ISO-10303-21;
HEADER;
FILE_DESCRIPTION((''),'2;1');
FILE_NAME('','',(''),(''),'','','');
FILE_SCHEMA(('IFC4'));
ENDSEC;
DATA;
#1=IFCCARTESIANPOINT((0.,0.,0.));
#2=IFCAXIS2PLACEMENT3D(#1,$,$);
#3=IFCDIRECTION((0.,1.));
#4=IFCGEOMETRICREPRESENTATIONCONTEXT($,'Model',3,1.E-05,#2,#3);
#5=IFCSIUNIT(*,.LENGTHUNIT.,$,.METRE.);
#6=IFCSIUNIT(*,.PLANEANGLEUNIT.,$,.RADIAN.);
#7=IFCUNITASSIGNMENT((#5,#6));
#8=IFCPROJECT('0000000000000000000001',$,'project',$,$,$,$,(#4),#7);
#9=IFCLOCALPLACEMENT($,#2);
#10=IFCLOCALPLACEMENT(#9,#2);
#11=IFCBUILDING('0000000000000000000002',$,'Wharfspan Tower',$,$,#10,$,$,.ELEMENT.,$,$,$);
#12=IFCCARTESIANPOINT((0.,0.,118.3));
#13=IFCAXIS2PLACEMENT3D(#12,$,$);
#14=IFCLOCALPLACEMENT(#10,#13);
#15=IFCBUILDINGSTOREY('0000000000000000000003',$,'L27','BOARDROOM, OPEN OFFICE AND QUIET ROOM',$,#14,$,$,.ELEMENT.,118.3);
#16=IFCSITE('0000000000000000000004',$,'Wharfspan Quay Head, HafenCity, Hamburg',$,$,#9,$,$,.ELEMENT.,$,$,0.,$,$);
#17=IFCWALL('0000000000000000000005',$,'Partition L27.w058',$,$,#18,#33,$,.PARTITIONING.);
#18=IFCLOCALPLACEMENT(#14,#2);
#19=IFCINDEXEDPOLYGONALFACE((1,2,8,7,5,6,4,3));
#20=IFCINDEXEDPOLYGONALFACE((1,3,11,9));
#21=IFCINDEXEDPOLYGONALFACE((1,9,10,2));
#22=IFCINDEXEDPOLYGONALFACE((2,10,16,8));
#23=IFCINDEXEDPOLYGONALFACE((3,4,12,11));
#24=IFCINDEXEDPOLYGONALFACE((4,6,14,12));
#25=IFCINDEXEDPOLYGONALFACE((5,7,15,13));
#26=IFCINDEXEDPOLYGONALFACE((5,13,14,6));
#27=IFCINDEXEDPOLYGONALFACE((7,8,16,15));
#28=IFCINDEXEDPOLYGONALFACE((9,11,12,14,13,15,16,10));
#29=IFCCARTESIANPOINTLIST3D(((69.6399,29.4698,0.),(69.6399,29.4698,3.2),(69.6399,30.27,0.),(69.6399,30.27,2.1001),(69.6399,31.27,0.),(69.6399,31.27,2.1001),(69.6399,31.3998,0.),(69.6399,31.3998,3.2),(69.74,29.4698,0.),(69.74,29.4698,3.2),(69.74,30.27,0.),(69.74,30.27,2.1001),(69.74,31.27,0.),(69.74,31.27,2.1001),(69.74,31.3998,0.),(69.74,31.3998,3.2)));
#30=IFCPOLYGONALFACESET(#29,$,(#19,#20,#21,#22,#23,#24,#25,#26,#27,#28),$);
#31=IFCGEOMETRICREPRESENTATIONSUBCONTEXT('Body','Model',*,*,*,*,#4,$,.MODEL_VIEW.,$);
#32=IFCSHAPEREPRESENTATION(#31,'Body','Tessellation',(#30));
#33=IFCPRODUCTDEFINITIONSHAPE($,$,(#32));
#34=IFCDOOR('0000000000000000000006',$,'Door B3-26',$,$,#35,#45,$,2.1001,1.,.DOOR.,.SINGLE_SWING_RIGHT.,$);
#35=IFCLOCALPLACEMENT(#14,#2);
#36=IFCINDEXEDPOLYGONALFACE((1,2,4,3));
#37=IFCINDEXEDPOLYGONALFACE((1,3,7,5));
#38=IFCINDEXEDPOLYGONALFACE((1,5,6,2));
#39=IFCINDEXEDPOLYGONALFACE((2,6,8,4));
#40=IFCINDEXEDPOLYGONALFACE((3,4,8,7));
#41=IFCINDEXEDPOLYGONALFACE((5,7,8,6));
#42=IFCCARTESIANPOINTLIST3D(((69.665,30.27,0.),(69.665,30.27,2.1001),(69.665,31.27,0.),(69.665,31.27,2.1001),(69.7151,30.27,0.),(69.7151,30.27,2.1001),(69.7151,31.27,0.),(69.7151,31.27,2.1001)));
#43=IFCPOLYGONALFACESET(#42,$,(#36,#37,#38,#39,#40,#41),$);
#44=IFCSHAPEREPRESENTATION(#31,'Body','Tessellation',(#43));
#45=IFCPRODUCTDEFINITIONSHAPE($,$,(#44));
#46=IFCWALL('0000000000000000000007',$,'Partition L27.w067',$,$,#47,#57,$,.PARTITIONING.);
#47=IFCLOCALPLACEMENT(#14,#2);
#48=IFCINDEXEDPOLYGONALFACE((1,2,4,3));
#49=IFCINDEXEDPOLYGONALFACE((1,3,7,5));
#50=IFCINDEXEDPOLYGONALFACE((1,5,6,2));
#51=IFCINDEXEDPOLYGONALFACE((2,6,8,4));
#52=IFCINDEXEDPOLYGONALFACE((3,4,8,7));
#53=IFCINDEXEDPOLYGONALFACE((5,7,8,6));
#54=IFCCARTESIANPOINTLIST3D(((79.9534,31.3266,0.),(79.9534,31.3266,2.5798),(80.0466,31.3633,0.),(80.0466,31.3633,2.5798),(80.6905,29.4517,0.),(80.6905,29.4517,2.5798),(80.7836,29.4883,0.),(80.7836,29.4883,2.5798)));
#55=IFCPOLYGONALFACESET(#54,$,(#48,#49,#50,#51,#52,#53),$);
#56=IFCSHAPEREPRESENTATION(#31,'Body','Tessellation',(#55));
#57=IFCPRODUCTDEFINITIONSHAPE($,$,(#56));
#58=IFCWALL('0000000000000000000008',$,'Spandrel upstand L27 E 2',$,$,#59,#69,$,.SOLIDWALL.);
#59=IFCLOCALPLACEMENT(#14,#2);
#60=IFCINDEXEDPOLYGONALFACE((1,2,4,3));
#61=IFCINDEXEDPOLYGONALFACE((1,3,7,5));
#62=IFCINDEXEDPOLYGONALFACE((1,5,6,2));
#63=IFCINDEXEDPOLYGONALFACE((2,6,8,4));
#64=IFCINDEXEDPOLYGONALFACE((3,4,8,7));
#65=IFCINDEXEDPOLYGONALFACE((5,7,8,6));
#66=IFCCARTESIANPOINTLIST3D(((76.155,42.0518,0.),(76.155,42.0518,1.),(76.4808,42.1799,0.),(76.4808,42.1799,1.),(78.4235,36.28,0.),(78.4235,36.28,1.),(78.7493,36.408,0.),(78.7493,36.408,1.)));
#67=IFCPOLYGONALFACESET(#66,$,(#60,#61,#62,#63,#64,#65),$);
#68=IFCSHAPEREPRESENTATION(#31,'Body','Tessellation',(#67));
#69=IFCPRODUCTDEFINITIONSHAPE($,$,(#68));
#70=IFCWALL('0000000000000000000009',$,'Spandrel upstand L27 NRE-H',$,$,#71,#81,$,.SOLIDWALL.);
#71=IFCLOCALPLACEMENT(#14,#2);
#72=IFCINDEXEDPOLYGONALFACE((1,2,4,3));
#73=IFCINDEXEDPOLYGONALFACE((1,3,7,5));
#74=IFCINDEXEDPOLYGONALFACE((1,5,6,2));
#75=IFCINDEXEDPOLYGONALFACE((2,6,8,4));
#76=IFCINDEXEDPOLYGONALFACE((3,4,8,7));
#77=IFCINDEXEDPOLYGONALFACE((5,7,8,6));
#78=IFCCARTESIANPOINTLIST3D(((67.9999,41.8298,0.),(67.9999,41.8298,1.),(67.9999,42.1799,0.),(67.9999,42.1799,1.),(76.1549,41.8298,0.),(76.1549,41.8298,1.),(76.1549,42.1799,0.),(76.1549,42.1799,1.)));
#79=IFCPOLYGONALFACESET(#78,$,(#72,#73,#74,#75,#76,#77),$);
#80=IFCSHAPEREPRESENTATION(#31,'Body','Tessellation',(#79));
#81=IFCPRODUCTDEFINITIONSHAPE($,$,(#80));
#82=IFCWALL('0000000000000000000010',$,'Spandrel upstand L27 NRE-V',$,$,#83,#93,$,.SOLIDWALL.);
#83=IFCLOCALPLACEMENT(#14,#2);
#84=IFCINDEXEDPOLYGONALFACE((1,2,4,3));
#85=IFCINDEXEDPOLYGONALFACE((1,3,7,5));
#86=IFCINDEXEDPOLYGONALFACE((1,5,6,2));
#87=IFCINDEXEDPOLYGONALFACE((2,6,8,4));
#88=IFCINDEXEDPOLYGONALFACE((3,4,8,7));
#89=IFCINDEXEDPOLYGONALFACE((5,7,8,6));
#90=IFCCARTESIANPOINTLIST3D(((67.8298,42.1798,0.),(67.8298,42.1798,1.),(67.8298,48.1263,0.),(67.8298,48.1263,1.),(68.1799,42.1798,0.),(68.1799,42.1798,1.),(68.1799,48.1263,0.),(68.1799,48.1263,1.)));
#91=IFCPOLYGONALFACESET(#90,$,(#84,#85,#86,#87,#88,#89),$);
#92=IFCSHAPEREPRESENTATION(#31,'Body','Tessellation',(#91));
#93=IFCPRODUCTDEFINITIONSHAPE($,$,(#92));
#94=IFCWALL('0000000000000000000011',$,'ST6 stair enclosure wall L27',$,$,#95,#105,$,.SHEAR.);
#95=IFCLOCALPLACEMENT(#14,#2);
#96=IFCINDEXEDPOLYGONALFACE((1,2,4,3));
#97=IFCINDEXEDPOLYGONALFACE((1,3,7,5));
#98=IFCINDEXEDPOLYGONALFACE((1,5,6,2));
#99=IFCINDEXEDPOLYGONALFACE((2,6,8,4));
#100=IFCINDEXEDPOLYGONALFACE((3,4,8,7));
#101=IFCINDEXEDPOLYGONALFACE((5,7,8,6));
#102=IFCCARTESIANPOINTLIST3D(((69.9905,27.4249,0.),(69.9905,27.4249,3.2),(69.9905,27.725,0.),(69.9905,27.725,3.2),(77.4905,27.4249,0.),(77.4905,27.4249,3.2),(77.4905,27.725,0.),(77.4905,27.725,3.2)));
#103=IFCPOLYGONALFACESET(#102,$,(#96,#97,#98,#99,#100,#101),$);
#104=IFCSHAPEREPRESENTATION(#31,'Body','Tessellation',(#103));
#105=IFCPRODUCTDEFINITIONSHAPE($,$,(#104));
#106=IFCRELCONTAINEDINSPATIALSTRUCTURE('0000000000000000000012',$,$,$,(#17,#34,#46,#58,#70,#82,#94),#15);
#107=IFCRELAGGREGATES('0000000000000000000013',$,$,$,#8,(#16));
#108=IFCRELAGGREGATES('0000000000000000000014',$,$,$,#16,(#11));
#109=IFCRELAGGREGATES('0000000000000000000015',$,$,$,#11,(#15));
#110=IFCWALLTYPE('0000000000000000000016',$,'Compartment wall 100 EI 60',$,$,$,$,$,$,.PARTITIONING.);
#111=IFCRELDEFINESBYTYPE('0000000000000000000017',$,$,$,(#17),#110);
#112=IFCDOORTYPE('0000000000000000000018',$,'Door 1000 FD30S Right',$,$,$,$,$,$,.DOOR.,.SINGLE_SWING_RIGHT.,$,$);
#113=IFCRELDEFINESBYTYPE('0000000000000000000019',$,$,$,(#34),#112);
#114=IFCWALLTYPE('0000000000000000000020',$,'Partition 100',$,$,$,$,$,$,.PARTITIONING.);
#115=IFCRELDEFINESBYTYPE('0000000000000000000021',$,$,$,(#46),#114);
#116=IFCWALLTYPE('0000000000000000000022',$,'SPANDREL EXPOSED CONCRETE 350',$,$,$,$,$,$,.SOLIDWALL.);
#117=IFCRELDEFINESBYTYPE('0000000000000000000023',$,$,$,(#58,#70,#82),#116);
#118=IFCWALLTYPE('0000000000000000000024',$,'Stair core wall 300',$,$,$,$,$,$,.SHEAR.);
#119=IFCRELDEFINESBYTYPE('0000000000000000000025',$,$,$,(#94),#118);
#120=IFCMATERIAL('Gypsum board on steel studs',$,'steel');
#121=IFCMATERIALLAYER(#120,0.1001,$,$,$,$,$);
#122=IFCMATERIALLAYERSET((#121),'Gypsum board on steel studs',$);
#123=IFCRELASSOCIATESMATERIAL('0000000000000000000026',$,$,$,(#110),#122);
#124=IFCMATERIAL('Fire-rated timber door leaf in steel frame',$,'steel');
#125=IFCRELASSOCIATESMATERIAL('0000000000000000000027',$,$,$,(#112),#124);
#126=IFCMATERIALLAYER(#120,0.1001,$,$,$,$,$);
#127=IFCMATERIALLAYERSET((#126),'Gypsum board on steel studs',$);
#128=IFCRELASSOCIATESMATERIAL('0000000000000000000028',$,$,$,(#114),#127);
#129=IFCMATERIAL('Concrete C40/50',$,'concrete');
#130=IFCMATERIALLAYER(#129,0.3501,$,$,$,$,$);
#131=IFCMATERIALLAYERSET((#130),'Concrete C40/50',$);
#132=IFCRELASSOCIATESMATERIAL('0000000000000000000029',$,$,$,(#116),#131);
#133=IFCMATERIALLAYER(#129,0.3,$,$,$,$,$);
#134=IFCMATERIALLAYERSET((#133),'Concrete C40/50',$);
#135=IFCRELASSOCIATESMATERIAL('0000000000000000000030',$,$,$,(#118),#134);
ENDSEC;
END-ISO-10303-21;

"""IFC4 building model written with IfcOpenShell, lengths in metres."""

from ifc_helpers import new_model, si_unit, direction, frame, frame_2d, origin, place, context, subcontext, project, spatial, rectangle, extrude, material, layer, layer_set, type_object, element, fill, save


model = new_model("IFC4")

# Units and contexts
model_context = context("Model", 3, precision=1e-05, world=origin(), true_north=direction((0.0, 1.0)))
body_context = subcontext(model_context, "Body", "Model", "MODEL_VIEW")
ifc_project = project(units=[si_unit("LENGTHUNIT", "METRE"), si_unit("PLANEANGLEUNIT", "RADIAN")], contexts=[model_context])

# Site, building, storey
site_placement = place(None, origin())
site = spatial("IfcSite", under=ifc_project, at=site_placement, Name="Wharfspan Quay Head, HafenCity, Hamburg", CompositionType="ELEMENT", RefElevation=0.0)
building_placement = place(site_placement, origin())
building = spatial("IfcBuilding", under=site, at=building_placement, Name="Wharfspan Tower", CompositionType="ELEMENT")
storey_placement = place(building_placement, frame((0.0, 0.0, 118.3)))
storey = spatial("IfcBuildingStorey", under=building, at=storey_placement, Name="L27", Description="BOARDROOM, OPEN OFFICE AND QUIET ROOM", CompositionType="ELEMENT", Elevation=118.3)

# Wall, opening, door
ifc_material_1 = material(Name="Gypsum board on steel studs", Category="steel")
ifc_layer_1 = layer(ifc_material_1, 0.1001)
ifc_layer_set_1 = layer_set([ifc_layer_1], Name="Gypsum board on steel studs")
wall_type_1 = type_object("IfcWallType", Name="Compartment wall 100 EI 60", PredefinedType="PARTITIONING", material=ifc_layer_set_1)
wall_1_placement = place(storey_placement, frame((69.6899, 29.47, 0.0), z_axis=(0.0, 0.0, 1.0), x_axis=(0.0, 1.0, 0.0)))
wall_1 = element("IfcWall", 1, at=wall_1_placement, inside=storey, type_object=wall_type_1, Name="Partition L27.w058", PredefinedType="PARTITIONING", context=body_context, shape_type="SweptSolid", body=[
    extrude(rectangle(XDim=1.9299, YDim=0.1001, at=frame_2d((0.9648, 0.0))), origin(), (0.0, 0.0, 1.0), 3.2),
])
opening_placement = place(wall_1_placement, frame((0.8, 0.0, 0.0)))
opening = element("IfcOpeningElement", 2, at=opening_placement, cuts=wall_1, PredefinedType="OPENING", context=body_context, shape_type="SweptSolid", body=[
    extrude(rectangle(XDim=1.0, YDim=2.1001, at=frame_2d((0.5, 1.05))), frame((0.0, 0.0601, 0.0), z_axis=(0.0, -1.0, 0.0), x_axis=(1.0, 0.0, 0.0)), (0.0, 0.0, 1.0), 0.1201),
])
ifc_material_2 = material(Name="Fire-rated timber door leaf in steel frame", Category="steel")
door_type = type_object("IfcDoorType", Name="Door 1000 FD30S Right", OperationType="SINGLE_SWING_RIGHT", PredefinedType="DOOR", material=ifc_material_2)
door_placement = place(opening_placement, origin())
door = element("IfcDoor", 3, at=door_placement, inside=storey, type_object=door_type, Name="Door B3-26", OperationType="SINGLE_SWING_RIGHT", OverallHeight=2.1001, OverallWidth=1.0, PredefinedType="DOOR", context=body_context, shape_type="SweptSolid", body=[
    extrude(rectangle(XDim=1.0, YDim=2.1001, at=frame_2d((0.5, 1.05))), frame((0.0, 0.0249, 0.0), z_axis=(0.0, -1.0, 0.0), x_axis=(1.0, 0.0, 0.0)), (0.0, 0.0, 1.0), 0.05),
])
fill(opening, door)

# Walls
ifc_layer_2 = layer(ifc_material_1, 0.1001)
ifc_layer_set_2 = layer_set([ifc_layer_2], Name="Gypsum board on steel studs")
wall_type_2 = type_object("IfcWallType", Name="Partition 100", PredefinedType="PARTITIONING", material=ifc_layer_set_2)
wall_2_placement = place(storey_placement, frame((80.7371, 29.47, 0.0), z_axis=(0.0, 0.0, 1.0), x_axis=(-0.365847, 0.930674, 0.0)))
element("IfcWall", 4, at=wall_2_placement, inside=storey, type_object=wall_type_2, Name="Partition L27.w067", PredefinedType="PARTITIONING", context=body_context, shape_type="SweptSolid", body=[
    extrude(rectangle(XDim=2.0146, YDim=0.1001, at=frame_2d((1.0073, 0.0))), origin(), (0.0, 0.0, 1.0), 2.5798),
])
ifc_material_3 = material(Name="Concrete C40/50", Category="concrete")
ifc_layer_3 = layer(ifc_material_3, 0.3501)
ifc_layer_set_3 = layer_set([ifc_layer_3], Name="Concrete C40/50")
wall_type_3 = type_object("IfcWallType", Name="SPANDREL EXPOSED CONCRETE 350", PredefinedType="SOLIDWALL", material=ifc_layer_set_3)
wall_3_placement = place(storey_placement, frame((78.5864, 36.344, 0.0), z_axis=(0.0, 0.0, 1.0), x_axis=(-0.365792, 0.930699, 0.0)))
element("IfcWall", 5, at=wall_3_placement, inside=storey, type_object=wall_type_3, Name="Spandrel upstand L27 E 2", PredefinedType="SOLIDWALL", context=body_context, shape_type="SweptSolid", body=[
    extrude(rectangle(XDim=6.2017, YDim=0.3501, at=frame_2d((3.1008, 0.0))), origin(), (0.0, 0.0, 1.0), 1.0),
])
wall_4_placement = place(storey_placement, frame((76.155, 42.0049, 0.0), z_axis=(0.0, 0.0, 1.0), x_axis=(-1.0, 0.0, 0.0)))
element("IfcWall", 6, at=wall_4_placement, inside=storey, type_object=wall_type_3, Name="Spandrel upstand L27 NRE-H", PredefinedType="SOLIDWALL", context=body_context, shape_type="SweptSolid", body=[
    extrude(rectangle(XDim=8.155, YDim=0.3501, at=frame_2d((4.0776, 0.0))), origin(), (0.0, 0.0, 1.0), 1.0),
])
wall_5_placement = place(storey_placement, frame((68.0049, 42.1799, 0.0), z_axis=(0.0, 0.0, 1.0), x_axis=(0.0, 1.0, 0.0)))
element("IfcWall", 7, at=wall_5_placement, inside=storey, type_object=wall_type_3, Name="Spandrel upstand L27 NRE-V", PredefinedType="SOLIDWALL", context=body_context, shape_type="SweptSolid", body=[
    extrude(rectangle(XDim=5.9465, YDim=0.3501, at=frame_2d((2.9731, 0.0))), origin(), (0.0, 0.0, 1.0), 1.0),
])
ifc_layer_4 = layer(ifc_material_3, 0.3)
ifc_layer_set_4 = layer_set([ifc_layer_4], Name="Concrete C40/50")
wall_type_4 = type_object("IfcWallType", Name="Stair core wall 300", PredefinedType="SHEAR", material=ifc_layer_set_4)
wall_6_placement = place(storey_placement, frame((69.9905, 27.575, 0.0), z_axis=(0.0, 0.0, 1.0), x_axis=(1.0, 0.0, 0.0)))
element("IfcWall", 8, at=wall_6_placement, inside=storey, type_object=wall_type_4, Name="ST6 stair enclosure wall L27", PredefinedType="SHEAR", context=body_context, shape_type="SweptSolid", body=[
    extrude(rectangle(XDim=7.5, YDim=0.3, at=frame_2d((3.75, 0.0))), origin(), (0.0, 0.0, 1.0), 3.2),
])

save(model, "model.ifc")
